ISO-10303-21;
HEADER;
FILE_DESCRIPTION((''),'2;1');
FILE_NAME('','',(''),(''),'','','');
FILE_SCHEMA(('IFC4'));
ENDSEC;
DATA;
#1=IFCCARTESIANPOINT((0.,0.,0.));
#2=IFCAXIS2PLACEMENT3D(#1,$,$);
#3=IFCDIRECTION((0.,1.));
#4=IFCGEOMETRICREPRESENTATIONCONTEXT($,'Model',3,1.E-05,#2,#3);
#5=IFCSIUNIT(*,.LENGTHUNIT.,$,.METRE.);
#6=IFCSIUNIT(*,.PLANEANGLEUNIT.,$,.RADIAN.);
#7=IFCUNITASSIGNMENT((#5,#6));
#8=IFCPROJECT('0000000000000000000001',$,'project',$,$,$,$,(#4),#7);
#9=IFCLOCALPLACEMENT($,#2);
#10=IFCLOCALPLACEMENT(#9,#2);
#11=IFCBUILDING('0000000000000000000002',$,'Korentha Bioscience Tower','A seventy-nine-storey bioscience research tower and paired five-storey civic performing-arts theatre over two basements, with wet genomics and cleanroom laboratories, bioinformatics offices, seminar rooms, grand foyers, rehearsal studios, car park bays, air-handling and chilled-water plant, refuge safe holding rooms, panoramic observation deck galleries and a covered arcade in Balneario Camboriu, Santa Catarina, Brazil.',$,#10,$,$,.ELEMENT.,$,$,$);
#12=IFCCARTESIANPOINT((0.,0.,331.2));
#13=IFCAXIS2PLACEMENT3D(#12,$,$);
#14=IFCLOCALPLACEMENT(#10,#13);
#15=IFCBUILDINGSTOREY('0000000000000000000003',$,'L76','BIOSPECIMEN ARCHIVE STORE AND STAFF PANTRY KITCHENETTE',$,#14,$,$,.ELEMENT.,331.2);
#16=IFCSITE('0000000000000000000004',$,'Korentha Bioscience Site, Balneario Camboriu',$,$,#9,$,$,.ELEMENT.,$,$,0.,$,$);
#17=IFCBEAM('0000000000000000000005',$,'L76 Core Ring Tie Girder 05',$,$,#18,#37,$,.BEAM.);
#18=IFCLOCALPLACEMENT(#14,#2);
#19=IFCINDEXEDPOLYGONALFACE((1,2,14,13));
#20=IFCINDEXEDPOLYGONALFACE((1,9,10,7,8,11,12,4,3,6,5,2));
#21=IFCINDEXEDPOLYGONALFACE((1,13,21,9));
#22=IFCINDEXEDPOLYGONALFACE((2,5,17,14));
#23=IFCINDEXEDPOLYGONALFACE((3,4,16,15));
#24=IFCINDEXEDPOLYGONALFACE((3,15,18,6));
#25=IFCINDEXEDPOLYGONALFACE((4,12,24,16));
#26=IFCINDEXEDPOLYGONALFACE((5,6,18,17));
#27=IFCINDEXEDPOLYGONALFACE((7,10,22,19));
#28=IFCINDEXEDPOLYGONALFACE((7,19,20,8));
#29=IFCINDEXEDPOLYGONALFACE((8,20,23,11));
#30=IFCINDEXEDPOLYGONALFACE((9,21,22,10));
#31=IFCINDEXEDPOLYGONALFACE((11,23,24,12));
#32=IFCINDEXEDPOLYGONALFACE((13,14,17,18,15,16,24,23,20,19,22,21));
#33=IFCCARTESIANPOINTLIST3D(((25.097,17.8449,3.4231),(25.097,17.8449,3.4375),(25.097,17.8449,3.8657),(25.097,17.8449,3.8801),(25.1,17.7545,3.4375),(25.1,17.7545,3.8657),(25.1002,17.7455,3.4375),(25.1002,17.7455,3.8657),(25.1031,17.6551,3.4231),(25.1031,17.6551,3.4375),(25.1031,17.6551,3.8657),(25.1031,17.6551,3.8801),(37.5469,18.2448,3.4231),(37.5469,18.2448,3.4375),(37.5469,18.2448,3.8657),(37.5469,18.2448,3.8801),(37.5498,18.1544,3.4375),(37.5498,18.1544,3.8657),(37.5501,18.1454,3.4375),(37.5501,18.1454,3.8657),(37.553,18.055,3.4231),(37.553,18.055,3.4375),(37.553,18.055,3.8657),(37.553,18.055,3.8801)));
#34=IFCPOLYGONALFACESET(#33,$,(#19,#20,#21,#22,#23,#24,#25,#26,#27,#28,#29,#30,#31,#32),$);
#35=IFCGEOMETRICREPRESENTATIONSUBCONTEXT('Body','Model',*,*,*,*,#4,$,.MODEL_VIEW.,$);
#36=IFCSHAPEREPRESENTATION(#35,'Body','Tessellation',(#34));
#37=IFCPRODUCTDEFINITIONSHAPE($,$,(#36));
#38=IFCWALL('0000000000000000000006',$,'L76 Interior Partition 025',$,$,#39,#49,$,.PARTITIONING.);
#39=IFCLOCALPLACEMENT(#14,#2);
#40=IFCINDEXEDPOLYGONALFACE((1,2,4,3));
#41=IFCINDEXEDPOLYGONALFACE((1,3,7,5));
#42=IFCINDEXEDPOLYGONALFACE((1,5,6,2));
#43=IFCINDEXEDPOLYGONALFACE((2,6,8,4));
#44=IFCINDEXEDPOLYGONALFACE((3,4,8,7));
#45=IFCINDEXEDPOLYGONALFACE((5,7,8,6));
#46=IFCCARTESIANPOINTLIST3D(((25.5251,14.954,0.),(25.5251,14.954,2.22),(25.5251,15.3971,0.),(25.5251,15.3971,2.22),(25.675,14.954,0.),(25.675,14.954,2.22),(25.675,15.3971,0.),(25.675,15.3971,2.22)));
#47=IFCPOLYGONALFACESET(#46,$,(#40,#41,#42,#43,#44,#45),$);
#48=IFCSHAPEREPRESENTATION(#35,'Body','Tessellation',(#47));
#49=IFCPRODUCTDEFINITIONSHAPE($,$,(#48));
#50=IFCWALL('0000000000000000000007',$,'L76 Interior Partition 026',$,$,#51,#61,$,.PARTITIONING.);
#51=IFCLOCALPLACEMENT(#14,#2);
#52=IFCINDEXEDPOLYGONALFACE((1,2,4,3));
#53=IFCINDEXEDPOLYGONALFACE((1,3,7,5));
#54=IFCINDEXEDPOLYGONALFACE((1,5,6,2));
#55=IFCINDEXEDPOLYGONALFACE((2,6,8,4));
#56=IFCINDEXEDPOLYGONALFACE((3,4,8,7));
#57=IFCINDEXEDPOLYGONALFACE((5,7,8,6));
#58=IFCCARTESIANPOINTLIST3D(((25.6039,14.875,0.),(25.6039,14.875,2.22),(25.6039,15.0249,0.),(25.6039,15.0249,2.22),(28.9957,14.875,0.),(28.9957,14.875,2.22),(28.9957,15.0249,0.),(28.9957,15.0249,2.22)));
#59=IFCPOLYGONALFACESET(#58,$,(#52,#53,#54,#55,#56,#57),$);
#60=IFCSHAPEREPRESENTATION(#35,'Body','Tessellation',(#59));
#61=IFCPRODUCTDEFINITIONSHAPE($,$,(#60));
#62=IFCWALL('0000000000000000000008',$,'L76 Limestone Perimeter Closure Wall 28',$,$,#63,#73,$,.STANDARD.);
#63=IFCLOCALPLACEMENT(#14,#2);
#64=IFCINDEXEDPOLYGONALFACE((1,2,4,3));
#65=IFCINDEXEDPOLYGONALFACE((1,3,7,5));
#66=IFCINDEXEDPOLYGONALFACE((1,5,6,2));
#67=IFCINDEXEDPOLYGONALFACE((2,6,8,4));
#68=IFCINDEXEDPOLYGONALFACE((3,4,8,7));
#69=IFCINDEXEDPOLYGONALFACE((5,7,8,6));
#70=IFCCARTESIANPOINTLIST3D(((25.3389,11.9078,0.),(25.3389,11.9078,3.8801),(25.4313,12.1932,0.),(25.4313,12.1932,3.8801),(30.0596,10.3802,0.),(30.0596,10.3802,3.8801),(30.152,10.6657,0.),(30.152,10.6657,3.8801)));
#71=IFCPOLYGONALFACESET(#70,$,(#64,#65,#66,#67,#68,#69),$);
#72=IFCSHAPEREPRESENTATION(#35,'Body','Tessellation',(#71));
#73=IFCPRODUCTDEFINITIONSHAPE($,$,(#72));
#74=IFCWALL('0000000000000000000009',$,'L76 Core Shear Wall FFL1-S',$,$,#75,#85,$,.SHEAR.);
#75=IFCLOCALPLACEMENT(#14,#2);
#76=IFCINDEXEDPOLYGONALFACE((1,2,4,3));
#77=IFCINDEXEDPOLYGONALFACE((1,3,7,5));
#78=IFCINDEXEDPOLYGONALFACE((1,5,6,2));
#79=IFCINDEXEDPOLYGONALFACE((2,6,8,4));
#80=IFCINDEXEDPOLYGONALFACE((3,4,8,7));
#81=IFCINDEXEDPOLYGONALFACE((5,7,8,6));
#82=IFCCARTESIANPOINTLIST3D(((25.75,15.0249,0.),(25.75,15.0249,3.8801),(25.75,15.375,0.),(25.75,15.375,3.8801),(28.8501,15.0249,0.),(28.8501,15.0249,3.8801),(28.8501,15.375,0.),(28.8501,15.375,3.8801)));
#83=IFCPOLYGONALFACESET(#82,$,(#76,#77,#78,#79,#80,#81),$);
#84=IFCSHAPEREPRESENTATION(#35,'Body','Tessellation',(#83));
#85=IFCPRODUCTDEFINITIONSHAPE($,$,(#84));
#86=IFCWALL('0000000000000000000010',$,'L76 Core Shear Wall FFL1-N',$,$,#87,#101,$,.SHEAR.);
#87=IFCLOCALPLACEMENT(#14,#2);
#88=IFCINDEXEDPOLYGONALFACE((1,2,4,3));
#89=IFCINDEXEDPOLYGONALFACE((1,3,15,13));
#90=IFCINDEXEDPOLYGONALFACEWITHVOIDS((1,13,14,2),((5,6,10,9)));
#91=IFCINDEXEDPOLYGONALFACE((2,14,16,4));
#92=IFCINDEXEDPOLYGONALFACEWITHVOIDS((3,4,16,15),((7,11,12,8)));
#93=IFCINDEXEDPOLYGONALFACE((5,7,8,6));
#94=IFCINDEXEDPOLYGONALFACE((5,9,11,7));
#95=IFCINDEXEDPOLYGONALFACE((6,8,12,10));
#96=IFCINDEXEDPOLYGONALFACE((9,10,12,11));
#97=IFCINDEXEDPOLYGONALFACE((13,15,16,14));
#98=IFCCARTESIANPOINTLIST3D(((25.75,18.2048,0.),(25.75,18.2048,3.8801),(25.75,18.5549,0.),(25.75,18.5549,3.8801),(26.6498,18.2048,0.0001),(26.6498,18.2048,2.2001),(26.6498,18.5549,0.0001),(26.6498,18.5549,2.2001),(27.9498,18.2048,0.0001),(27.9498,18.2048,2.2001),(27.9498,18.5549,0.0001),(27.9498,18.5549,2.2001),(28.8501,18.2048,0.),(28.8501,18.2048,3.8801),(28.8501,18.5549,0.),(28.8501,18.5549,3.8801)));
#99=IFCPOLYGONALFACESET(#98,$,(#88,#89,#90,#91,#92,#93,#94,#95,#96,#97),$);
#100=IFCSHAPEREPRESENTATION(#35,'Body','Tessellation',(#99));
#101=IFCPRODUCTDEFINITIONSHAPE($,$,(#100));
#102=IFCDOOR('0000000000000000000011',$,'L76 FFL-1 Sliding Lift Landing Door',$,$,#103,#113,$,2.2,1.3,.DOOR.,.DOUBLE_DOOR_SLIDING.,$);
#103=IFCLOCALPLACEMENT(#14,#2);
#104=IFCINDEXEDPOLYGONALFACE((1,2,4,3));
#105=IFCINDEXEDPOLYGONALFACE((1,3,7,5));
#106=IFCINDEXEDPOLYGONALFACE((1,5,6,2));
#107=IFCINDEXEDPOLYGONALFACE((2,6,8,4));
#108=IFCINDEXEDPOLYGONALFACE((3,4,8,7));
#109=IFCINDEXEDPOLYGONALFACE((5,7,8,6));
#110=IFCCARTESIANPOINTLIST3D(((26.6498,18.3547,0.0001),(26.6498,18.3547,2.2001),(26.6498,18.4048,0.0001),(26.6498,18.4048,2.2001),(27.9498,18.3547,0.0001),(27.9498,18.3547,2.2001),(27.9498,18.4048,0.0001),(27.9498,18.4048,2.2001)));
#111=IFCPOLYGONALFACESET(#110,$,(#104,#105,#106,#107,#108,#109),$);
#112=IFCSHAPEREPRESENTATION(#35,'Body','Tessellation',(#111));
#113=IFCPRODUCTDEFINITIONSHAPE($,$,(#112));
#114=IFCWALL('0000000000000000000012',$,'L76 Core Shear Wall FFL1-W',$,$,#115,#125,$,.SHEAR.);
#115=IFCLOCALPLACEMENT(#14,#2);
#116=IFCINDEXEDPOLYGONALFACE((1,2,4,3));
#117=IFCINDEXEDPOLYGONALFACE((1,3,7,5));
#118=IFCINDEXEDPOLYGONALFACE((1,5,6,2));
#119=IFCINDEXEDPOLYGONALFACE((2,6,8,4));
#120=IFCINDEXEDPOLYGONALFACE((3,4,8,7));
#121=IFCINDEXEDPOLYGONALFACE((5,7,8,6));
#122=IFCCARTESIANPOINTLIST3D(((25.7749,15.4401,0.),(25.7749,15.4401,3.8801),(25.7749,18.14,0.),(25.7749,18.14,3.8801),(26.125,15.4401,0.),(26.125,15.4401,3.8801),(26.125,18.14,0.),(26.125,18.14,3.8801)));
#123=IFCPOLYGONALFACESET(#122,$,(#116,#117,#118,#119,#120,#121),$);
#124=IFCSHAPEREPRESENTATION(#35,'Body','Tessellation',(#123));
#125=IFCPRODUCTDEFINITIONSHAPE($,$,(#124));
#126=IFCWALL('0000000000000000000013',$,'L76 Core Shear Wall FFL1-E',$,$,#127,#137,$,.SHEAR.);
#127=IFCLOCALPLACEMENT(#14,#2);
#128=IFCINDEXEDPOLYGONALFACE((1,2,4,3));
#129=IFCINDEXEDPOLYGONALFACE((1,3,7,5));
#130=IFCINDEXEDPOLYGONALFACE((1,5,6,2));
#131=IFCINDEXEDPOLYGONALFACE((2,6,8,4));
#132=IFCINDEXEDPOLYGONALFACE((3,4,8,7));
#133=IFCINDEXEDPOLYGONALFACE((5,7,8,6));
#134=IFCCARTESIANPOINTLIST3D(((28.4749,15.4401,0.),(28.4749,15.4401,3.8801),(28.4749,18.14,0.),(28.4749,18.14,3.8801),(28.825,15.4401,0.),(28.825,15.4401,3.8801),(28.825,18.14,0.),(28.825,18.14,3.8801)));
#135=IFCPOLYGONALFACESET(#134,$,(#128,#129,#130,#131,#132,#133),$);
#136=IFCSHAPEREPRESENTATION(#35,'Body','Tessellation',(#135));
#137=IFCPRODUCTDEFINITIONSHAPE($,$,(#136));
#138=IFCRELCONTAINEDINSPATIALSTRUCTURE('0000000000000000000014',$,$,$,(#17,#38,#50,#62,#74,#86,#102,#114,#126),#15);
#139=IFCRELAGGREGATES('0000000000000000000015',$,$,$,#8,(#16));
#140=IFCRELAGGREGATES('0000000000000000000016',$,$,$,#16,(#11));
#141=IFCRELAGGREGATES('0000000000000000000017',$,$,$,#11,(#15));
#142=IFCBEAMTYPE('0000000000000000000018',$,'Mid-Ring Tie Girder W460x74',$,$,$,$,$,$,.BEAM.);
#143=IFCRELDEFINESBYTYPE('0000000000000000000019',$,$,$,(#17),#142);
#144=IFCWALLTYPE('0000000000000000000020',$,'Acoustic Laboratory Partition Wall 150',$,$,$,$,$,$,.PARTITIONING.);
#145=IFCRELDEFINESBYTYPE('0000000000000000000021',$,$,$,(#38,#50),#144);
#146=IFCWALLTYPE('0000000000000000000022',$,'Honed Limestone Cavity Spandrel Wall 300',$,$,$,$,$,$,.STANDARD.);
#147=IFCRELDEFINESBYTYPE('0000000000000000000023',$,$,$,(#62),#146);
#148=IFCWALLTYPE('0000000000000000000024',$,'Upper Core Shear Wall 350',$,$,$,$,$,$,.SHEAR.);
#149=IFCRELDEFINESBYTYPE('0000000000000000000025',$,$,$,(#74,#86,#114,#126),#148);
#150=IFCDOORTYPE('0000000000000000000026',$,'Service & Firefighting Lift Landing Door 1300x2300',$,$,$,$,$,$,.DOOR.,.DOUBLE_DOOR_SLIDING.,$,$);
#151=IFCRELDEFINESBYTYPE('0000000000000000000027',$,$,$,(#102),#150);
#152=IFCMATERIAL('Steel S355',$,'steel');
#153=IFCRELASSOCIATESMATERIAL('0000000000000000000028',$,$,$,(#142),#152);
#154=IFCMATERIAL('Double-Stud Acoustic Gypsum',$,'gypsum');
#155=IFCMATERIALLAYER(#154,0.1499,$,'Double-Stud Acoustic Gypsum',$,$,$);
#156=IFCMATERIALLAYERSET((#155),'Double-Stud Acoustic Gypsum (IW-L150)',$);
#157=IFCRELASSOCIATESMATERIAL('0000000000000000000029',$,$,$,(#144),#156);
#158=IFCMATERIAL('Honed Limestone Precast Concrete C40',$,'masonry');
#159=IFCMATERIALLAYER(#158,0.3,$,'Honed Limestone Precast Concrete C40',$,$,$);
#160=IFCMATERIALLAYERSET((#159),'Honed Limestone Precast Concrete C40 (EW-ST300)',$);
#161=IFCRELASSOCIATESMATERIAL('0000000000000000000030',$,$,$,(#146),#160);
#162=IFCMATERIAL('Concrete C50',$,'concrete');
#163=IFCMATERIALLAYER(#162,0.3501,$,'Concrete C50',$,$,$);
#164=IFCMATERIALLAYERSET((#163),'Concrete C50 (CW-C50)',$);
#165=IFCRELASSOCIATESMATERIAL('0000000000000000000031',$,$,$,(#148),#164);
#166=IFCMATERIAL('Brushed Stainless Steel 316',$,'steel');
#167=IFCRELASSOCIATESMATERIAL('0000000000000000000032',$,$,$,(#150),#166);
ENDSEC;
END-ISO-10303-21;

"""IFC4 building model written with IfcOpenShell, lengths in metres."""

from ifc_helpers import new_model, si_unit, direction, frame, frame_2d, origin, origin_2d, place, context, subcontext, project, spatial, rectangle, i_section, extrude, material, layer, layer_set, material_profile, profile_set, type_object, element, fill, save


model = new_model("IFC4")

# Units and contexts
model_context = context("Model", 3, precision=1e-05, world=origin(), true_north=direction((0.0, 1.0)))
body_context = subcontext(model_context, "Body", "Model", "MODEL_VIEW")
ifc_project = project(units=[si_unit("LENGTHUNIT", "METRE"), si_unit("PLANEANGLEUNIT", "RADIAN")], contexts=[model_context])

# Site, building, storey
site_placement = place(None, origin())
site = spatial("IfcSite", under=ifc_project, at=site_placement, Name="Korentha Bioscience Site, Balneario Camboriu", CompositionType="ELEMENT", RefElevation=0.0)
building_placement = place(site_placement, origin())
building = spatial("IfcBuilding", under=site, at=building_placement, Name="Korentha Bioscience Tower", Description="A seventy-nine-storey bioscience research tower and paired five-storey civic performing-arts theatre over two basements, with wet genomics and cleanroom laboratories, bioinformatics offices, seminar rooms, grand foyers, rehearsal studios, car park bays, air-handling and chilled-water plant, refuge safe holding rooms, panoramic observation deck galleries and a covered arcade in Balneario Camboriu, Santa Catarina, Brazil.", CompositionType="ELEMENT")
storey_placement = place(building_placement, frame((0.0, 0.0, 331.2)))
storey = spatial("IfcBuildingStorey", under=building, at=storey_placement, Name="L76", Description="BIOSPECIMEN ARCHIVE STORE AND STAFF PANTRY KITCHENETTE", CompositionType="ELEMENT", Elevation=331.2)

# Shared definitions
ifc_material_1 = material(Name="Concrete C50", Category="concrete")

# Beam
ifc_material_2 = material(Name="Steel S355", Category="steel")
ifc_material_profile_1 = material_profile(ifc_material_2, i_section(OverallWidth=0.1899, OverallDepth=0.457, WebThickness=0.009, FlangeThickness=0.0144, at=origin_2d()), Name="Steel S355")
ifc_profile_set_1 = profile_set([ifc_material_profile_1], Name="Steel S355 (MB-460)")
beam_type_1 = type_object("IfcBeamType", Name="Mid-Ring Tie Girder W460x74", PredefinedType="BEAM", material=ifc_profile_set_1)
beam_1_placement = place(storey_placement, frame((25.1001, 17.75, 3.6516), z_axis=(0.999485, 0.032104, 0.0), x_axis=(-0.032104, 0.999485, 0.0)))
element("IfcBeam", 1, at=beam_1_placement, inside=storey, type_object=beam_type_1, Name="L76 Core Ring Tie Girder 05", PredefinedType="BEAM", context=body_context, shape_type="SweptSolid", body=[
    extrude(i_section(OverallWidth=0.1899, OverallDepth=0.457, WebThickness=0.009, FlangeThickness=0.0144, at=origin_2d()), origin(), (0.0, 0.0, 1.0), 12.4563),
])

# Walls
ifc_material_3 = material(Name="Double-Stud Acoustic Gypsum", Category="gypsum")
ifc_layer_1 = layer(ifc_material_3, 0.1499, Name="Double-Stud Acoustic Gypsum")
ifc_layer_set_1 = layer_set([ifc_layer_1], Name="Double-Stud Acoustic Gypsum (IW-L150)")
wall_type_1 = type_object("IfcWallType", Name="Acoustic Laboratory Partition Wall 150", PredefinedType="PARTITIONING", material=ifc_layer_set_1)
wall_1_placement = place(storey_placement, frame((25.6001, 15.3972, 0.0), z_axis=(0.0, 0.0, 1.0), x_axis=(0.0, -1.0, 0.0)))
element("IfcWall", 2, at=wall_1_placement, inside=storey, type_object=wall_type_1, Name="L76 Interior Partition 025", PredefinedType="PARTITIONING", context=body_context, shape_type="SweptSolid", body=[
    extrude(rectangle(XDim=0.4431, YDim=0.1499, at=frame_2d((0.2217, 0.0))), origin(), (0.0, 0.0, 1.0), 2.22),
])
wall_2_placement = place(storey_placement, frame((25.604, 14.95, 0.0), z_axis=(0.0, 0.0, 1.0), x_axis=(1.0, 0.0, 0.0)))
element("IfcWall", 3, at=wall_2_placement, inside=storey, type_object=wall_type_1, Name="L76 Interior Partition 026", PredefinedType="PARTITIONING", context=body_context, shape_type="SweptSolid", body=[
    extrude(rectangle(XDim=3.3918, YDim=0.1499, at=frame_2d((1.6958, 0.0))), origin(), (0.0, 0.0, 1.0), 2.22),
])
ifc_material_4 = material(Name="Honed Limestone Precast Concrete C40", Category="masonry")
ifc_layer_2 = layer(ifc_material_4, 0.3, Name="Honed Limestone Precast Concrete C40")
ifc_layer_set_2 = layer_set([ifc_layer_2], Name="Honed Limestone Precast Concrete C40 (EW-ST300)")
wall_type_2 = type_object("IfcWallType", Name="Honed Limestone Cavity Spandrel Wall 300", PredefinedType="STANDARD", material=ifc_layer_set_2)
wall_3_placement = place(storey_placement, frame((25.385, 12.0505, 0.0), z_axis=(0.0, 0.0, 1.0), x_axis=(0.951427, -0.307875, 0.0)))
element("IfcWall", 4, at=wall_3_placement, inside=storey, type_object=wall_type_2, Name="L76 Limestone Perimeter Closure Wall 28", PredefinedType="STANDARD", context=body_context, shape_type="SweptSolid", body=[
    extrude(rectangle(XDim=4.9617, YDim=0.3, at=frame_2d((2.481, 0.0))), origin(), (0.0, 0.0, 1.0), 3.8801),
])
ifc_layer_3 = layer(ifc_material_1, 0.3501, Name="Concrete C50")
ifc_layer_set_3 = layer_set([ifc_layer_3], Name="Concrete C50 (CW-C50)")
wall_type_3 = type_object("IfcWallType", Name="Upper Core Shear Wall 350", PredefinedType="SHEAR", material=ifc_layer_set_3)
wall_4_placement = place(storey_placement, frame((25.75, 15.2, 0.0), z_axis=(0.0, 0.0, 1.0), x_axis=(1.0, 0.0, 0.0)))
element("IfcWall", 5, at=wall_4_placement, inside=storey, type_object=wall_type_3, Name="L76 Core Shear Wall FFL1-S", PredefinedType="SHEAR", context=body_context, shape_type="SweptSolid", body=[
    extrude(rectangle(XDim=3.1001, YDim=0.3501, at=frame_2d((1.55, 0.0))), origin(), (0.0, 0.0, 1.0), 3.8801),
])

# Wall, opening, door
wall_5_placement = place(storey_placement, frame((25.75, 18.3799, 0.0), z_axis=(0.0, 0.0, 1.0), x_axis=(1.0, 0.0, 0.0)))
wall_5 = element("IfcWall", 6, at=wall_5_placement, inside=storey, type_object=wall_type_3, Name="L76 Core Shear Wall FFL1-N", PredefinedType="SHEAR", context=body_context, shape_type="SweptSolid", body=[
    extrude(rectangle(XDim=3.1001, YDim=0.3501, at=frame_2d((1.55, 0.0))), origin(), (0.0, 0.0, 1.0), 3.8801),
])
opening_placement = place(wall_5_placement, frame((0.8999, 0.0, 0.0)))
opening = element("IfcOpeningElement", 7, at=opening_placement, cuts=wall_5, PredefinedType="OPENING", context=body_context, shape_type="SweptSolid", body=[
    extrude(rectangle(XDim=1.3, YDim=2.2, at=frame_2d((0.6499, 1.1001))), frame((0.0, 0.1899, 0.0), z_axis=(0.0, -1.0, 0.0), x_axis=(1.0, 0.0, 0.0)), (0.0, 0.0, 1.0), 0.3799),
])
ifc_material_5 = material(Name="Brushed Stainless Steel 316", Category="steel")
door_type = type_object("IfcDoorType", Name="Service & Firefighting Lift Landing Door 1300x2300", OperationType="DOUBLE_DOOR_SLIDING", PredefinedType="DOOR", material=ifc_material_5)
door_placement = place(opening_placement, origin())
door = element("IfcDoor", 8, at=door_placement, inside=storey, type_object=door_type, Name="L76 FFL-1 Sliding Lift Landing Door", OperationType="DOUBLE_DOOR_SLIDING", OverallHeight=2.2, OverallWidth=1.3, PredefinedType="DOOR", context=body_context, shape_type="SweptSolid", body=[
    extrude(rectangle(XDim=1.3, YDim=2.2, at=frame_2d((0.6499, 1.1001))), frame((0.0, 0.0249, 0.0), z_axis=(0.0, -1.0, 0.0), x_axis=(1.0, 0.0, 0.0)), (0.0, 0.0, 1.0), 0.05),
])
fill(opening, door)

# Walls
for number, where, z_axis, x_axis, name in (
    (9, (25.95, 15.4399, 0.0), (0.0, 0.0, 1.0), (0.0, 1.0, 0.0), "L76 Core Shear Wall FFL1-W"),
    (10, (28.6499, 15.4399, 0.0), (0.0, 0.0, 1.0), (0.0, 1.0, 0.0), "L76 Core Shear Wall FFL1-E"),
):
    element("IfcWall", number, at=place(storey_placement, frame(where, z_axis=z_axis, x_axis=x_axis)), inside=storey, type_object=wall_type_3, Name=name, PredefinedType="SHEAR", context=body_context, shape_type="SweptSolid", body=[
        extrude(rectangle(XDim=2.7, YDim=0.3501, at=frame_2d((1.3501, 0.0))), origin(), (0.0, 0.0, 1.0), 3.8801),
    ])

save(model, "model.ifc")
